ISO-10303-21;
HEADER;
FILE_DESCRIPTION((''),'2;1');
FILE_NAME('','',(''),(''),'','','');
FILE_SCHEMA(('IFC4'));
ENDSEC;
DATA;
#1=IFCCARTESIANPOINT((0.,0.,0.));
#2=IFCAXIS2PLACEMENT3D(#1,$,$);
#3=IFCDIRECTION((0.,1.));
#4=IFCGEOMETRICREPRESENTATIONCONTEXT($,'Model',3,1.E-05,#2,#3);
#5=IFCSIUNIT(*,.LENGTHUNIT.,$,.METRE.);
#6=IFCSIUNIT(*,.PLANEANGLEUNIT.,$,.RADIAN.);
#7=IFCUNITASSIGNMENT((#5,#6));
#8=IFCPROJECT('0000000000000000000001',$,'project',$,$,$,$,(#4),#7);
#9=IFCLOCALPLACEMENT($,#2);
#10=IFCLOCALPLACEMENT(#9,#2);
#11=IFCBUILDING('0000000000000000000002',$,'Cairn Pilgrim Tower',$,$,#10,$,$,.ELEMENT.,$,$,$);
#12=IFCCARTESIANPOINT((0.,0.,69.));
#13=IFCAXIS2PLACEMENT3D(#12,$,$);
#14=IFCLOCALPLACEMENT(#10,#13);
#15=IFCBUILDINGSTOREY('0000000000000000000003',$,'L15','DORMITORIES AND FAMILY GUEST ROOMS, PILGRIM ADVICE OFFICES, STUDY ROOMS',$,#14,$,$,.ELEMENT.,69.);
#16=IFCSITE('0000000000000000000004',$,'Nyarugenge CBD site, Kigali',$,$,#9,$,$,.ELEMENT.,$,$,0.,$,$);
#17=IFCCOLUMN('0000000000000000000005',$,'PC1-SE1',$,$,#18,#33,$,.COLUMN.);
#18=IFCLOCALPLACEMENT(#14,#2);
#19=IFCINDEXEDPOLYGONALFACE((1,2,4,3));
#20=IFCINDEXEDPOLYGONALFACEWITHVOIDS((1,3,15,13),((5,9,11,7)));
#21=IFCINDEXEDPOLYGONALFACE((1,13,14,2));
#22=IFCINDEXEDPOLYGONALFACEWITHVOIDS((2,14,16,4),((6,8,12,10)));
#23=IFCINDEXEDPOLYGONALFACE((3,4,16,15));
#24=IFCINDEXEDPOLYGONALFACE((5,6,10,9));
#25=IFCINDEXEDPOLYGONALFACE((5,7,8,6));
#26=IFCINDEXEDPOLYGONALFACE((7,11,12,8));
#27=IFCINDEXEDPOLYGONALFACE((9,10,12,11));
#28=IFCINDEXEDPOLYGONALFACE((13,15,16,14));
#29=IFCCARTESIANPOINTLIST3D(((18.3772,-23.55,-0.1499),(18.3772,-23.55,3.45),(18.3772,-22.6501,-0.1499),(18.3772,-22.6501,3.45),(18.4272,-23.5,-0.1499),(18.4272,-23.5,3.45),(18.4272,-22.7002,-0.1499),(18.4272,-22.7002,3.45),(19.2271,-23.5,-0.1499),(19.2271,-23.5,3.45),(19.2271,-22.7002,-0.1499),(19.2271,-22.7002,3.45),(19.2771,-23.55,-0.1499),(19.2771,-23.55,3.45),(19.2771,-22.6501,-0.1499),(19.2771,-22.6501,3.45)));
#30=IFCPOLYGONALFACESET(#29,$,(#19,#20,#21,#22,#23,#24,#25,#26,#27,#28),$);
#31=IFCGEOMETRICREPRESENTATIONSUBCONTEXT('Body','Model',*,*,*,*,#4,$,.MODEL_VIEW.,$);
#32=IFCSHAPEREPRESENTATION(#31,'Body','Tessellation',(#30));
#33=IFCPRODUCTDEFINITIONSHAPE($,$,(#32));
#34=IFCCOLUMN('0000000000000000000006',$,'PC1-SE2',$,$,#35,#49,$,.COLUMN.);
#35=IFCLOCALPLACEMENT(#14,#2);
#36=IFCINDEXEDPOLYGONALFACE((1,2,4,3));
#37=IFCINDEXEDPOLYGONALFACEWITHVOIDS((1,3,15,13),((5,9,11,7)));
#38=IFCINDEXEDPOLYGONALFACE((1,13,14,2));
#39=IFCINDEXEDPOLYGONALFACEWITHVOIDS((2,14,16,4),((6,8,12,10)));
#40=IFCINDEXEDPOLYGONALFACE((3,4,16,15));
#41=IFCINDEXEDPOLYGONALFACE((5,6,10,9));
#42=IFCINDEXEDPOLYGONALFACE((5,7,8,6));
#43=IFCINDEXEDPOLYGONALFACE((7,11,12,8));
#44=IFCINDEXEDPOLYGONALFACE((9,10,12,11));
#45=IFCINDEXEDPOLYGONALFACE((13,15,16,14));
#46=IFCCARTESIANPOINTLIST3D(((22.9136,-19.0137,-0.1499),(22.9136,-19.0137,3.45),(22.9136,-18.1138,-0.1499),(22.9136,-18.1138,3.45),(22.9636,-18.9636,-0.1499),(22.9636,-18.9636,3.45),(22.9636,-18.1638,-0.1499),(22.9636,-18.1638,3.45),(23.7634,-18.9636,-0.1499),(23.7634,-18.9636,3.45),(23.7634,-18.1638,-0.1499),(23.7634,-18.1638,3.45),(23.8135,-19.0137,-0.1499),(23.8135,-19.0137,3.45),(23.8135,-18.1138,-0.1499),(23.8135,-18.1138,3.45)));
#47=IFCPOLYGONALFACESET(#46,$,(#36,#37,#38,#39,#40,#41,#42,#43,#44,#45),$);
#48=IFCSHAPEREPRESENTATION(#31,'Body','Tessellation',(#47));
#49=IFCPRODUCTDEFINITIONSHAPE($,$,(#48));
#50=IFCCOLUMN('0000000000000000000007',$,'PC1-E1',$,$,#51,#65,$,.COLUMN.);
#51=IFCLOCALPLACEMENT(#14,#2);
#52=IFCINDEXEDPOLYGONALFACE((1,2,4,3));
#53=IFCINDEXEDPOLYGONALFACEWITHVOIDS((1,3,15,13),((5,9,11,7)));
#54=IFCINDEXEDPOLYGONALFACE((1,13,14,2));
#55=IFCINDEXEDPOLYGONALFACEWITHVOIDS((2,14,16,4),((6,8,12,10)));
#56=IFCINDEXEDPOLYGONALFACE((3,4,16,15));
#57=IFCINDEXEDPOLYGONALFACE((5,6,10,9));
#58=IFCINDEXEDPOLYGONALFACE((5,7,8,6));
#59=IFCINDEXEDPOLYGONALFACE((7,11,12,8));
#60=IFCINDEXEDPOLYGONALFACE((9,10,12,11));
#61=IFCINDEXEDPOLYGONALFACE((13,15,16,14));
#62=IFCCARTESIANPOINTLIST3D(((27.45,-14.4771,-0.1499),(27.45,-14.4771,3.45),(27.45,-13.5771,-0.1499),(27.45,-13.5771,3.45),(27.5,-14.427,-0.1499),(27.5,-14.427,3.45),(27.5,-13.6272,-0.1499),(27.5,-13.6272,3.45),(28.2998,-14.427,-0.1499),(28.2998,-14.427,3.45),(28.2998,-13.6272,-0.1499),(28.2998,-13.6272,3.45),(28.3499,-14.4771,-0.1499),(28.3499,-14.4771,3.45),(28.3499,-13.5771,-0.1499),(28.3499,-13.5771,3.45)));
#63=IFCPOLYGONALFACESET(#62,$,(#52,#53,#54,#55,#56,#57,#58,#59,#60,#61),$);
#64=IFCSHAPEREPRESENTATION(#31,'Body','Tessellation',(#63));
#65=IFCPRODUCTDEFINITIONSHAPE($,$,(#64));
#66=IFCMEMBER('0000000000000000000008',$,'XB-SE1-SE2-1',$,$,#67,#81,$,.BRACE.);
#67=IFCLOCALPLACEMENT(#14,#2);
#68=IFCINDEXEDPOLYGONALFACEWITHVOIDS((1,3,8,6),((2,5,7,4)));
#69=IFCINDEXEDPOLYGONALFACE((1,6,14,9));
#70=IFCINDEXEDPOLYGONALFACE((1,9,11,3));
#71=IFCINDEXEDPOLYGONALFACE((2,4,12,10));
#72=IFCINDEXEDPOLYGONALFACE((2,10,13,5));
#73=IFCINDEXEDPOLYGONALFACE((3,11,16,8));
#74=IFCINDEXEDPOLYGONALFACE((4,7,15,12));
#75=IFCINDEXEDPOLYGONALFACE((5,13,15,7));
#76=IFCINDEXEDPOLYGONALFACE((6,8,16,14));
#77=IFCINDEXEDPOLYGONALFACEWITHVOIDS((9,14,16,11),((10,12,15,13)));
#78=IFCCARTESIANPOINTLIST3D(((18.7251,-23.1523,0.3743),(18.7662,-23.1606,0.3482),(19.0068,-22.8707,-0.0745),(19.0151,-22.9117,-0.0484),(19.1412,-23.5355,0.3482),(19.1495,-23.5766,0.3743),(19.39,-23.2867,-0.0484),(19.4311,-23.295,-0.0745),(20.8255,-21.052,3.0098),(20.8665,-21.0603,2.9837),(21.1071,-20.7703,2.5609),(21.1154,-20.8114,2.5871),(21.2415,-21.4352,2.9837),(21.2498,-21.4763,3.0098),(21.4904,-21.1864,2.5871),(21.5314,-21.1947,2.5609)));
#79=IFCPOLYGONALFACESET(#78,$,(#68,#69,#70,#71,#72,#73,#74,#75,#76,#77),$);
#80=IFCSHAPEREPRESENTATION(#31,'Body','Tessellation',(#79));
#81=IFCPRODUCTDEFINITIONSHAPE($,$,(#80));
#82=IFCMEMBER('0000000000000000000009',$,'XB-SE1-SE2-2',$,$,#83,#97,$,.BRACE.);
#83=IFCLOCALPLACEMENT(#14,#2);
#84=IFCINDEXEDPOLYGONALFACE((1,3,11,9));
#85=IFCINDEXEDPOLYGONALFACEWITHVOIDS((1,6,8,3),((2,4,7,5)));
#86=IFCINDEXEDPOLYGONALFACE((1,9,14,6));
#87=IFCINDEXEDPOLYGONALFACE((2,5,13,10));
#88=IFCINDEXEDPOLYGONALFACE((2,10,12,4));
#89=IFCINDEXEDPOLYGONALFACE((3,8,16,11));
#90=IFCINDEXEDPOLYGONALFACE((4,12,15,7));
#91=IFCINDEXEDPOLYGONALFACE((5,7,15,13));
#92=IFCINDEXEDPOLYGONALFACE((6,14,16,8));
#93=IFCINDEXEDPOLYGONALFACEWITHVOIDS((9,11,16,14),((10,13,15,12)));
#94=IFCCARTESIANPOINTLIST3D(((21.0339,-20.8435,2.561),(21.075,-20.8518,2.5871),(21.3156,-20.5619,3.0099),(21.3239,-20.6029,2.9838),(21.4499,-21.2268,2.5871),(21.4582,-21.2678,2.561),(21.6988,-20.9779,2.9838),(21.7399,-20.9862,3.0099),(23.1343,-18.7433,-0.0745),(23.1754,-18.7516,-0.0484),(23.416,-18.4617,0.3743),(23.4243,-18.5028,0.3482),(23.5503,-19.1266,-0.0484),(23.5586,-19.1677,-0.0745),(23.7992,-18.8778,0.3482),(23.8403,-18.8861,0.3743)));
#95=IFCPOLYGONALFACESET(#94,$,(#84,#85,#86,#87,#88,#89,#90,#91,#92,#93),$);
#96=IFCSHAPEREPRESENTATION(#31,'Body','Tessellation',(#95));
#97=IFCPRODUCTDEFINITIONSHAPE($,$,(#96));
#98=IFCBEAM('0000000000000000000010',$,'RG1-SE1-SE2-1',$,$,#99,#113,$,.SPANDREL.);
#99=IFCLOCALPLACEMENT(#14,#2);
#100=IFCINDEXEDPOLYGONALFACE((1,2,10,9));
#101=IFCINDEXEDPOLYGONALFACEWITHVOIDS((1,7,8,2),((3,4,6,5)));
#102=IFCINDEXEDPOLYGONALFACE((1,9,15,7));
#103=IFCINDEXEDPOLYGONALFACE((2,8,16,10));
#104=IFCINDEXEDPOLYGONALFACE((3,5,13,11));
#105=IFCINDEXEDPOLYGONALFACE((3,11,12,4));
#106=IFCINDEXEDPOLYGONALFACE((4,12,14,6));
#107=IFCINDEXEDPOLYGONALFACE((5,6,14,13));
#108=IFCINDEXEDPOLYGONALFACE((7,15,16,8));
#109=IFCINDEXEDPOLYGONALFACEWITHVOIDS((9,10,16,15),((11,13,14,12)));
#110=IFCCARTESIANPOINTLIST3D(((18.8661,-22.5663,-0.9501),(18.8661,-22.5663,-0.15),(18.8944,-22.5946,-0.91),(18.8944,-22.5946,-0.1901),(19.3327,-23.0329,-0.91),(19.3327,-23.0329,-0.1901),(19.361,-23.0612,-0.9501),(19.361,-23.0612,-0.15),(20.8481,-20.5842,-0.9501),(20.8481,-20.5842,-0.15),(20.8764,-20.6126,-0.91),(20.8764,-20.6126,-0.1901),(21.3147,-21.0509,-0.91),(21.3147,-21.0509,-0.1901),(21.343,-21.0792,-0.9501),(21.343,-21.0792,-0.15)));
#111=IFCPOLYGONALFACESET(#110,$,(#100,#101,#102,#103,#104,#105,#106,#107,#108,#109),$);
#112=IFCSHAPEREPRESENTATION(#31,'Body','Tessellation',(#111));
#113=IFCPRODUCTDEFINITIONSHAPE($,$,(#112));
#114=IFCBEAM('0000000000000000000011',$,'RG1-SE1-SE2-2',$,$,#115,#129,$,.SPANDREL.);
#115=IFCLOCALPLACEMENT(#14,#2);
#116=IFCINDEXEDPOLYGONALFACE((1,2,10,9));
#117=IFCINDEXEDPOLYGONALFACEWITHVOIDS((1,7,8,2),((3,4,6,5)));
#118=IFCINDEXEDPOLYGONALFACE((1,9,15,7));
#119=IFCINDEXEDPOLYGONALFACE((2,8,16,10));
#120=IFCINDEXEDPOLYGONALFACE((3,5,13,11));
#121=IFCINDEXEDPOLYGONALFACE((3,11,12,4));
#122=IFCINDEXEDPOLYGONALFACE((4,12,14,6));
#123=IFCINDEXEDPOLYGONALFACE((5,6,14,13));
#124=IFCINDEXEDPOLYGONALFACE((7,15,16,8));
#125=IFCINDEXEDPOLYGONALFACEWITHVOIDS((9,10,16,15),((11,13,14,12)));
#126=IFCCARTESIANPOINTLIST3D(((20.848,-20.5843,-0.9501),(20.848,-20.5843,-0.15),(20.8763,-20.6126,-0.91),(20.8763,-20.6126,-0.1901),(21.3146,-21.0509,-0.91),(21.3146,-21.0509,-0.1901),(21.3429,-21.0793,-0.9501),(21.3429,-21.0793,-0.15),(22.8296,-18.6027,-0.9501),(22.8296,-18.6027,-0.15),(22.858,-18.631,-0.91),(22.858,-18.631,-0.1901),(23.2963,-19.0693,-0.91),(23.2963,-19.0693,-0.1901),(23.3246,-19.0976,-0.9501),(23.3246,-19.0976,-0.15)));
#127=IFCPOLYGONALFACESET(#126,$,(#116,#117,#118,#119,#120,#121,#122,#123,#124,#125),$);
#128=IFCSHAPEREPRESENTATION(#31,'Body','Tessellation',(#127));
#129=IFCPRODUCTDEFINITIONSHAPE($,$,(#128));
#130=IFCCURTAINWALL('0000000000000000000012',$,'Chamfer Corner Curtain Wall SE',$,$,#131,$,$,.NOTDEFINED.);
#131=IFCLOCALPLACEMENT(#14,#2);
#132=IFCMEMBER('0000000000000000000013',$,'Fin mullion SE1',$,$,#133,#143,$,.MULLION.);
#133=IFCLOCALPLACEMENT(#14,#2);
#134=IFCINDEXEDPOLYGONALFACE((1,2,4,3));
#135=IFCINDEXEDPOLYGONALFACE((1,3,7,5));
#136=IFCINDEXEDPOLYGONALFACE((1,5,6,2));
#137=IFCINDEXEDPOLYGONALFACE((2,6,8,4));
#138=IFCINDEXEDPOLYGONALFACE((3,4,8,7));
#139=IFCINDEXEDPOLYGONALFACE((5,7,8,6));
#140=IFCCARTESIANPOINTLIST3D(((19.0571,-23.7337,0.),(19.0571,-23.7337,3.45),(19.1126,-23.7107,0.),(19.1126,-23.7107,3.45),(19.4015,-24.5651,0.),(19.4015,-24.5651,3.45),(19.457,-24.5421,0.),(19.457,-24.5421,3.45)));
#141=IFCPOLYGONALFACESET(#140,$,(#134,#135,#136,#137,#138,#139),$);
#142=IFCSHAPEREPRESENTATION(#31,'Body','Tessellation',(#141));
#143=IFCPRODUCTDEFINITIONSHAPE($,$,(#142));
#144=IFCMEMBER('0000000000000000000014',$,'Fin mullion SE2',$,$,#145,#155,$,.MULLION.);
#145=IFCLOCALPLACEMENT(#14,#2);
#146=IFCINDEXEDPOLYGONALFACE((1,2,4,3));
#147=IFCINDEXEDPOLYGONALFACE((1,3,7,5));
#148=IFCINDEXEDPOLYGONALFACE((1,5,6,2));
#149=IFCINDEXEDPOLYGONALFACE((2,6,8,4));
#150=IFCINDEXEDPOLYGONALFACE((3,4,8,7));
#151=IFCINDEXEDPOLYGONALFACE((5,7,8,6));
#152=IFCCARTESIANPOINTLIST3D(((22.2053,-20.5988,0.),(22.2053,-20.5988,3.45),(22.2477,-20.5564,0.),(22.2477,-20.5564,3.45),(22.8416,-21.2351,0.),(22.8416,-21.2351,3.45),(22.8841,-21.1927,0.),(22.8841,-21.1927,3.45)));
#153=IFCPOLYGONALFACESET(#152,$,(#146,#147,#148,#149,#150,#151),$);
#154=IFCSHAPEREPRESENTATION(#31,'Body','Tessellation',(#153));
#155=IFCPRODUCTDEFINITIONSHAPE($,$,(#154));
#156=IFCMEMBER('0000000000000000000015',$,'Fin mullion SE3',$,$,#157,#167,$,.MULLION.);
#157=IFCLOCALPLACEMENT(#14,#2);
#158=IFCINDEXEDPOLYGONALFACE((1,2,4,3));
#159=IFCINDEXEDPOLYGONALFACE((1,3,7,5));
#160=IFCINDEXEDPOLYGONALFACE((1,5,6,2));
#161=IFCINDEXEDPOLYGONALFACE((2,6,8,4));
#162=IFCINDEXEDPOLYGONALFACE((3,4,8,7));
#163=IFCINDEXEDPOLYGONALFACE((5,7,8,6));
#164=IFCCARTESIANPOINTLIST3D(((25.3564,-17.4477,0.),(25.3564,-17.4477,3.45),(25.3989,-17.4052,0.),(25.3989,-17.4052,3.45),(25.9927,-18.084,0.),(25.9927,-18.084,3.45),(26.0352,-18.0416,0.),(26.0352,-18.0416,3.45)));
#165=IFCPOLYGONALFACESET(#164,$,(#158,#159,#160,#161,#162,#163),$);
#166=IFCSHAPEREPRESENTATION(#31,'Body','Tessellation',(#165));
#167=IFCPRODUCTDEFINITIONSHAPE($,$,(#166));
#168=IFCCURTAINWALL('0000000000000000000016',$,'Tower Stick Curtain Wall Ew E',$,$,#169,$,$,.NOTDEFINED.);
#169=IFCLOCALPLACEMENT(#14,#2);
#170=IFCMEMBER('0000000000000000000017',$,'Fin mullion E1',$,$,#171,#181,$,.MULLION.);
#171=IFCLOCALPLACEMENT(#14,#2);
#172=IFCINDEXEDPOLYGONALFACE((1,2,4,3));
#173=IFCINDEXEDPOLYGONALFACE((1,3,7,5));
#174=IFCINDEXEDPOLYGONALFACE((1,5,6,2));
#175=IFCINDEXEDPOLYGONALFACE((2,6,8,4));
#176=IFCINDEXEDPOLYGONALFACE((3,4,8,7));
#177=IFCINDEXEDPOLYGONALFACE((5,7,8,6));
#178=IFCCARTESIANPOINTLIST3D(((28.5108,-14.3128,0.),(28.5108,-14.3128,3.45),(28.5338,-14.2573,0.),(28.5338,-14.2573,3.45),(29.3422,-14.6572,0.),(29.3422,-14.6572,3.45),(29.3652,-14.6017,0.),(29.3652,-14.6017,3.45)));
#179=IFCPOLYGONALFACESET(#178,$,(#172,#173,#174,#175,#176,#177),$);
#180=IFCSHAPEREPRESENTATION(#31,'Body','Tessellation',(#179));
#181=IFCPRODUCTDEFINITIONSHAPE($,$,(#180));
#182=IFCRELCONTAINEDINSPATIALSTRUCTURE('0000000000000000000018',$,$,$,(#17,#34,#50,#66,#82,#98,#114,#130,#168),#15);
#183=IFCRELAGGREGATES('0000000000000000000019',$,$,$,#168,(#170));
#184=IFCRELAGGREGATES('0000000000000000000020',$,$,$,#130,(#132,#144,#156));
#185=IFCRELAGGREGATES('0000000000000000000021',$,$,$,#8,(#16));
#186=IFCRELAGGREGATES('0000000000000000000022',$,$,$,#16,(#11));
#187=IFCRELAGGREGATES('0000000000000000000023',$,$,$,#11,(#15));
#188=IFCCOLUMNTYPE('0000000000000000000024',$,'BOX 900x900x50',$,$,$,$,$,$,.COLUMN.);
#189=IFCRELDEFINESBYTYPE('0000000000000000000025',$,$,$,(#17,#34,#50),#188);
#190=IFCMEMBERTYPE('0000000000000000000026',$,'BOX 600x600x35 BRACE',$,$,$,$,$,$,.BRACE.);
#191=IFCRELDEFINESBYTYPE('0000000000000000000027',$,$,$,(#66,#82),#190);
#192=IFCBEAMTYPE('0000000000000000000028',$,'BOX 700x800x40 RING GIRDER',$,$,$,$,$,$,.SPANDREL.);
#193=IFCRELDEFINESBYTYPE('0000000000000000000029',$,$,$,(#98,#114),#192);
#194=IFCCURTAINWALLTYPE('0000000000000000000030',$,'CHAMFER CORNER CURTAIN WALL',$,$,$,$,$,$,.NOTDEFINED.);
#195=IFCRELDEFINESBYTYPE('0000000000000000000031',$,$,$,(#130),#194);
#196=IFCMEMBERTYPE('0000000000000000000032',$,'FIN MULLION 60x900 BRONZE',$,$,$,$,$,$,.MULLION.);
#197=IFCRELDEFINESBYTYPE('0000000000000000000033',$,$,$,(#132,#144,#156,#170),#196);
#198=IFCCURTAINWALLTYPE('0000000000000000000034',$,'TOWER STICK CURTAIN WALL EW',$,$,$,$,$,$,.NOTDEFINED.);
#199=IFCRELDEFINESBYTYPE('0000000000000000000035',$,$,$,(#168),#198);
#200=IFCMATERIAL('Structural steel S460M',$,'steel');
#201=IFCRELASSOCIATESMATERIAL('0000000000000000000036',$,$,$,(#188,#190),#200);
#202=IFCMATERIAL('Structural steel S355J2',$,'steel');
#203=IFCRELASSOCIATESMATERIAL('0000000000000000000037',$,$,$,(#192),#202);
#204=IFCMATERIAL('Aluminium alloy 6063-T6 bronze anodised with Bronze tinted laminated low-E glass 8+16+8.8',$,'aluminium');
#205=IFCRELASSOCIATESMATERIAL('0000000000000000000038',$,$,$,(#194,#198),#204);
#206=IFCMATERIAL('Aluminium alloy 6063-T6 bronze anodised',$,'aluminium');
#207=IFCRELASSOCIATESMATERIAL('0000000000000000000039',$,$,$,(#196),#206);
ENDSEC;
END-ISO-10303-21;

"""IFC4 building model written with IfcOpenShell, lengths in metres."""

from ifc_helpers import new_model, si_unit, direction, frame, origin, origin_2d, place, context, subcontext, project, spatial, rectangle, hollow_rectangle, extrude, material, material_profile, profile_set, type_object, element, aggregate, save


model = new_model("IFC4")

# Units and contexts
model_context = context("Model", 3, precision=1e-05, world=origin(), true_north=direction((0.0, 1.0)))
body_context = subcontext(model_context, "Body", "Model", "MODEL_VIEW")
ifc_project = project(units=[si_unit("LENGTHUNIT", "METRE"), si_unit("PLANEANGLEUNIT", "RADIAN")], contexts=[model_context])

# Site, building, storey
site_placement = place(None, origin())
site = spatial("IfcSite", under=ifc_project, at=site_placement, Name="Nyarugenge CBD site, Kigali", CompositionType="ELEMENT", RefElevation=0.0)
building_placement = place(site_placement, origin())
building = spatial("IfcBuilding", under=site, at=building_placement, Name="Cairn Pilgrim Tower", CompositionType="ELEMENT")
storey_placement = place(building_placement, frame((0.0, 0.0, 69.0)))
storey = spatial("IfcBuildingStorey", under=building, at=storey_placement, Name="L15", Description="DORMITORIES AND FAMILY GUEST ROOMS, PILGRIM ADVICE OFFICES, STUDY ROOMS", CompositionType="ELEMENT", Elevation=69.0)

# Columns
ifc_material_1 = material(Name="Structural steel S460M", Category="steel")
ifc_material_profile_1 = material_profile(ifc_material_1, hollow_rectangle(XDim=0.8999, YDim=0.8999, WallThickness=0.05, at=origin_2d()), Name="BOX 900x900x50")
ifc_profile_set_1 = profile_set([ifc_material_profile_1], Name="Structural steel S460M")
column_type = type_object("IfcColumnType", Name="BOX 900x900x50", PredefinedType="COLUMN", material=ifc_profile_set_1)
for number, where, z_axis, x_axis, name in (
    (1, (18.8271, -23.1001, -0.1499), (0.0, 0.0, 1.0), (1.0, 0.0, 0.0), "PC1-SE1"),
    (2, (23.3635, -18.5637, -0.1499), (0.0, 0.0, 1.0), (1.0, 0.0, 0.0), "PC1-SE2"),
    (3, (27.8999, -14.0271, -0.1499), (0.0, 0.0, 1.0), (1.0, 0.0, 0.0), "PC1-E1"),
):
    element("IfcColumn", number, at=place(storey_placement, frame(where, z_axis=z_axis, x_axis=x_axis)), inside=storey, type_object=column_type, Name=name, PredefinedType="COLUMN", context=body_context, shape_type="SweptSolid", body=[
        extrude(hollow_rectangle(XDim=0.8999, YDim=0.8999, WallThickness=0.05, at=origin_2d()), origin(), (0.0, 0.0, 1.0), 3.5999),
    ])

# Members
ifc_material_profile_2 = material_profile(ifc_material_1, hollow_rectangle(XDim=0.6001, YDim=0.6001, WallThickness=0.0349, at=origin_2d()), Name="BOX 600x600x35")
ifc_profile_set_2 = profile_set([ifc_material_profile_2], Name="Structural steel S460M")
member_type_1 = type_object("IfcMemberType", Name="BOX 600x600x35 BRACE", PredefinedType="BRACE", material=ifc_profile_set_2)
for number, where, z_axis, x_axis, name in (
    (4, (19.0781, -23.2236, 0.1499), (0.528922, 0.528922, 0.663689), (-0.707107, 0.707107, 0.0), "XB-SE1-SE2-1"),
    (5, (23.4873, -18.8147, 0.1499), (-0.528939, -0.528878, 0.66371), (0.707066, -0.707148, 0.0), "XB-SE1-SE2-2"),
):
    element("IfcMember", number, at=place(storey_placement, frame(where, z_axis=z_axis, x_axis=x_axis)), inside=storey, type_object=member_type_1, Name=name, PredefinedType="BRACE", context=body_context, shape_type="SweptSolid", body=[
        extrude(hollow_rectangle(XDim=0.6001, YDim=0.6001, WallThickness=0.0349, at=origin_2d()), origin(), (0.0, 0.0, 1.0), 3.9709),
    ])

# Beams
ifc_material_2 = material(Name="Structural steel S355J2", Category="steel")
ifc_material_profile_3 = material_profile(ifc_material_2, hollow_rectangle(XDim=0.7, YDim=0.8, WallThickness=0.04, at=origin_2d()), Name="BOX 700x800x40")
ifc_profile_set_3 = profile_set([ifc_material_profile_3], Name="Structural steel S355J2")
beam_type_1 = type_object("IfcBeamType", Name="BOX 700x800x40 RING GIRDER", PredefinedType="SPANDREL", material=ifc_profile_set_3)
beam_1_placement = place(storey_placement, frame((19.1135, -22.8137, -0.55), z_axis=(0.707107, 0.707107, 0.0), x_axis=(-0.707107, 0.707107, 0.0)))
element("IfcBeam", 6, at=beam_1_placement, inside=storey, type_object=beam_type_1, Name="RG1-SE1-SE2-1", PredefinedType="SPANDREL", context=body_context, shape_type="SweptSolid", body=[
    extrude(hollow_rectangle(XDim=0.7, YDim=0.8, WallThickness=0.04, at=origin_2d()), origin(), (0.0, 0.0, 1.0), 2.803),
])
beam_2_placement = place(storey_placement, frame((21.0955, -20.8318, -0.55), z_axis=(0.707107, 0.707107, 0.0), x_axis=(-0.707107, 0.707107, 0.0)))
element("IfcBeam", 7, at=beam_2_placement, inside=storey, type_object=beam_type_1, Name="RG1-SE1-SE2-2", PredefinedType="SPANDREL", context=body_context, shape_type="SweptSolid", body=[
    extrude(hollow_rectangle(XDim=0.7, YDim=0.8, WallThickness=0.04, at=origin_2d()), origin(), (0.0, 0.0, 1.0), 2.8025),
])

# Curtain wall, members
ifc_material_3 = material(Name="Aluminium alloy 6063-T6 bronze anodised with Bronze tinted laminated low-E glass 8+16+8.8", Category="aluminium")
curtain_wall_type_1 = type_object("IfcCurtainWallType", Name="CHAMFER CORNER CURTAIN WALL", PredefinedType="NOTDEFINED", material=ifc_material_3)
curtain_wall_1_placement = place(storey_placement, origin())
curtain_wall_1 = element("IfcCurtainWall", 8, at=curtain_wall_1_placement, inside=storey, type_object=curtain_wall_type_1, Name="Chamfer Corner Curtain Wall SE", PredefinedType="NOTDEFINED")
ifc_material_4 = material(Name="Aluminium alloy 6063-T6 bronze anodised", Category="aluminium")
ifc_material_profile_4 = material_profile(ifc_material_4, rectangle(XDim=0.8999, YDim=0.0601, at=origin_2d()), Name="FIN MULLION 60x900 BRONZE")
ifc_profile_set_4 = profile_set([ifc_material_profile_4], Name="Aluminium alloy 6063-T6 bronze anodised")
member_type_2 = type_object("IfcMemberType", Name="FIN MULLION 60x900 BRONZE", PredefinedType="MULLION", material=ifc_profile_set_4)
member_1_placement = place(storey_placement, frame((19.2571, -24.1379, 0.0), z_axis=(0.0, 0.0, 1.0), x_axis=(0.382683, -0.92388, 0.0)))
member_1 = element("IfcMember", 9, at=member_1_placement, type_object=member_type_2, Name="Fin mullion SE1", PredefinedType="MULLION", context=body_context, shape_type="SweptSolid", body=[
    extrude(rectangle(XDim=0.8999, YDim=0.0601, at=origin_2d()), origin(), (0.0, 0.0, 1.0), 3.45),
])
member_2_placement = place(storey_placement, frame((22.5447, -20.8958, 0.0), z_axis=(0.0, 0.0, 1.0), x_axis=(0.707107, -0.707107, 0.0)))
member_2 = element("IfcMember", 10, at=member_2_placement, type_object=member_type_2, Name="Fin mullion SE2", PredefinedType="MULLION", context=body_context, shape_type="SweptSolid", body=[
    extrude(rectangle(XDim=0.8999, YDim=0.0601, at=origin_2d()), origin(), (0.0, 0.0, 1.0), 3.45),
])
member_3_placement = place(storey_placement, frame((25.6958, -17.7446, 0.0), z_axis=(0.0, 0.0, 1.0), x_axis=(0.707107, -0.707107, 0.0)))
member_3 = element("IfcMember", 11, at=member_3_placement, type_object=member_type_2, Name="Fin mullion SE3", PredefinedType="MULLION", context=body_context, shape_type="SweptSolid", body=[
    extrude(rectangle(XDim=0.8999, YDim=0.0601, at=origin_2d()), origin(), (0.0, 0.0, 1.0), 3.45),
])

# Curtain wall, member
curtain_wall_type_2 = type_object("IfcCurtainWallType", Name="TOWER STICK CURTAIN WALL EW", PredefinedType="NOTDEFINED", material=ifc_material_3)
curtain_wall_2_placement = place(storey_placement, origin())
curtain_wall_2 = element("IfcCurtainWall", 12, at=curtain_wall_2_placement, inside=storey, type_object=curtain_wall_type_2, Name="Tower Stick Curtain Wall Ew E", PredefinedType="NOTDEFINED")
member_4_placement = place(storey_placement, frame((28.938, -14.4573, 0.0), z_axis=(0.0, 0.0, 1.0), x_axis=(0.92388, -0.382683, 0.0)))
member_4 = element("IfcMember", 13, at=member_4_placement, type_object=member_type_2, Name="Fin mullion E1", PredefinedType="MULLION", context=body_context, shape_type="SweptSolid", body=[
    extrude(rectangle(XDim=0.8999, YDim=0.0601, at=origin_2d()), origin(), (0.0, 0.0, 1.0), 3.45),
])

aggregate(curtain_wall_2, [member_4])

aggregate(curtain_wall_1, [member_1, member_2, member_3])

save(model, "model.ifc")
